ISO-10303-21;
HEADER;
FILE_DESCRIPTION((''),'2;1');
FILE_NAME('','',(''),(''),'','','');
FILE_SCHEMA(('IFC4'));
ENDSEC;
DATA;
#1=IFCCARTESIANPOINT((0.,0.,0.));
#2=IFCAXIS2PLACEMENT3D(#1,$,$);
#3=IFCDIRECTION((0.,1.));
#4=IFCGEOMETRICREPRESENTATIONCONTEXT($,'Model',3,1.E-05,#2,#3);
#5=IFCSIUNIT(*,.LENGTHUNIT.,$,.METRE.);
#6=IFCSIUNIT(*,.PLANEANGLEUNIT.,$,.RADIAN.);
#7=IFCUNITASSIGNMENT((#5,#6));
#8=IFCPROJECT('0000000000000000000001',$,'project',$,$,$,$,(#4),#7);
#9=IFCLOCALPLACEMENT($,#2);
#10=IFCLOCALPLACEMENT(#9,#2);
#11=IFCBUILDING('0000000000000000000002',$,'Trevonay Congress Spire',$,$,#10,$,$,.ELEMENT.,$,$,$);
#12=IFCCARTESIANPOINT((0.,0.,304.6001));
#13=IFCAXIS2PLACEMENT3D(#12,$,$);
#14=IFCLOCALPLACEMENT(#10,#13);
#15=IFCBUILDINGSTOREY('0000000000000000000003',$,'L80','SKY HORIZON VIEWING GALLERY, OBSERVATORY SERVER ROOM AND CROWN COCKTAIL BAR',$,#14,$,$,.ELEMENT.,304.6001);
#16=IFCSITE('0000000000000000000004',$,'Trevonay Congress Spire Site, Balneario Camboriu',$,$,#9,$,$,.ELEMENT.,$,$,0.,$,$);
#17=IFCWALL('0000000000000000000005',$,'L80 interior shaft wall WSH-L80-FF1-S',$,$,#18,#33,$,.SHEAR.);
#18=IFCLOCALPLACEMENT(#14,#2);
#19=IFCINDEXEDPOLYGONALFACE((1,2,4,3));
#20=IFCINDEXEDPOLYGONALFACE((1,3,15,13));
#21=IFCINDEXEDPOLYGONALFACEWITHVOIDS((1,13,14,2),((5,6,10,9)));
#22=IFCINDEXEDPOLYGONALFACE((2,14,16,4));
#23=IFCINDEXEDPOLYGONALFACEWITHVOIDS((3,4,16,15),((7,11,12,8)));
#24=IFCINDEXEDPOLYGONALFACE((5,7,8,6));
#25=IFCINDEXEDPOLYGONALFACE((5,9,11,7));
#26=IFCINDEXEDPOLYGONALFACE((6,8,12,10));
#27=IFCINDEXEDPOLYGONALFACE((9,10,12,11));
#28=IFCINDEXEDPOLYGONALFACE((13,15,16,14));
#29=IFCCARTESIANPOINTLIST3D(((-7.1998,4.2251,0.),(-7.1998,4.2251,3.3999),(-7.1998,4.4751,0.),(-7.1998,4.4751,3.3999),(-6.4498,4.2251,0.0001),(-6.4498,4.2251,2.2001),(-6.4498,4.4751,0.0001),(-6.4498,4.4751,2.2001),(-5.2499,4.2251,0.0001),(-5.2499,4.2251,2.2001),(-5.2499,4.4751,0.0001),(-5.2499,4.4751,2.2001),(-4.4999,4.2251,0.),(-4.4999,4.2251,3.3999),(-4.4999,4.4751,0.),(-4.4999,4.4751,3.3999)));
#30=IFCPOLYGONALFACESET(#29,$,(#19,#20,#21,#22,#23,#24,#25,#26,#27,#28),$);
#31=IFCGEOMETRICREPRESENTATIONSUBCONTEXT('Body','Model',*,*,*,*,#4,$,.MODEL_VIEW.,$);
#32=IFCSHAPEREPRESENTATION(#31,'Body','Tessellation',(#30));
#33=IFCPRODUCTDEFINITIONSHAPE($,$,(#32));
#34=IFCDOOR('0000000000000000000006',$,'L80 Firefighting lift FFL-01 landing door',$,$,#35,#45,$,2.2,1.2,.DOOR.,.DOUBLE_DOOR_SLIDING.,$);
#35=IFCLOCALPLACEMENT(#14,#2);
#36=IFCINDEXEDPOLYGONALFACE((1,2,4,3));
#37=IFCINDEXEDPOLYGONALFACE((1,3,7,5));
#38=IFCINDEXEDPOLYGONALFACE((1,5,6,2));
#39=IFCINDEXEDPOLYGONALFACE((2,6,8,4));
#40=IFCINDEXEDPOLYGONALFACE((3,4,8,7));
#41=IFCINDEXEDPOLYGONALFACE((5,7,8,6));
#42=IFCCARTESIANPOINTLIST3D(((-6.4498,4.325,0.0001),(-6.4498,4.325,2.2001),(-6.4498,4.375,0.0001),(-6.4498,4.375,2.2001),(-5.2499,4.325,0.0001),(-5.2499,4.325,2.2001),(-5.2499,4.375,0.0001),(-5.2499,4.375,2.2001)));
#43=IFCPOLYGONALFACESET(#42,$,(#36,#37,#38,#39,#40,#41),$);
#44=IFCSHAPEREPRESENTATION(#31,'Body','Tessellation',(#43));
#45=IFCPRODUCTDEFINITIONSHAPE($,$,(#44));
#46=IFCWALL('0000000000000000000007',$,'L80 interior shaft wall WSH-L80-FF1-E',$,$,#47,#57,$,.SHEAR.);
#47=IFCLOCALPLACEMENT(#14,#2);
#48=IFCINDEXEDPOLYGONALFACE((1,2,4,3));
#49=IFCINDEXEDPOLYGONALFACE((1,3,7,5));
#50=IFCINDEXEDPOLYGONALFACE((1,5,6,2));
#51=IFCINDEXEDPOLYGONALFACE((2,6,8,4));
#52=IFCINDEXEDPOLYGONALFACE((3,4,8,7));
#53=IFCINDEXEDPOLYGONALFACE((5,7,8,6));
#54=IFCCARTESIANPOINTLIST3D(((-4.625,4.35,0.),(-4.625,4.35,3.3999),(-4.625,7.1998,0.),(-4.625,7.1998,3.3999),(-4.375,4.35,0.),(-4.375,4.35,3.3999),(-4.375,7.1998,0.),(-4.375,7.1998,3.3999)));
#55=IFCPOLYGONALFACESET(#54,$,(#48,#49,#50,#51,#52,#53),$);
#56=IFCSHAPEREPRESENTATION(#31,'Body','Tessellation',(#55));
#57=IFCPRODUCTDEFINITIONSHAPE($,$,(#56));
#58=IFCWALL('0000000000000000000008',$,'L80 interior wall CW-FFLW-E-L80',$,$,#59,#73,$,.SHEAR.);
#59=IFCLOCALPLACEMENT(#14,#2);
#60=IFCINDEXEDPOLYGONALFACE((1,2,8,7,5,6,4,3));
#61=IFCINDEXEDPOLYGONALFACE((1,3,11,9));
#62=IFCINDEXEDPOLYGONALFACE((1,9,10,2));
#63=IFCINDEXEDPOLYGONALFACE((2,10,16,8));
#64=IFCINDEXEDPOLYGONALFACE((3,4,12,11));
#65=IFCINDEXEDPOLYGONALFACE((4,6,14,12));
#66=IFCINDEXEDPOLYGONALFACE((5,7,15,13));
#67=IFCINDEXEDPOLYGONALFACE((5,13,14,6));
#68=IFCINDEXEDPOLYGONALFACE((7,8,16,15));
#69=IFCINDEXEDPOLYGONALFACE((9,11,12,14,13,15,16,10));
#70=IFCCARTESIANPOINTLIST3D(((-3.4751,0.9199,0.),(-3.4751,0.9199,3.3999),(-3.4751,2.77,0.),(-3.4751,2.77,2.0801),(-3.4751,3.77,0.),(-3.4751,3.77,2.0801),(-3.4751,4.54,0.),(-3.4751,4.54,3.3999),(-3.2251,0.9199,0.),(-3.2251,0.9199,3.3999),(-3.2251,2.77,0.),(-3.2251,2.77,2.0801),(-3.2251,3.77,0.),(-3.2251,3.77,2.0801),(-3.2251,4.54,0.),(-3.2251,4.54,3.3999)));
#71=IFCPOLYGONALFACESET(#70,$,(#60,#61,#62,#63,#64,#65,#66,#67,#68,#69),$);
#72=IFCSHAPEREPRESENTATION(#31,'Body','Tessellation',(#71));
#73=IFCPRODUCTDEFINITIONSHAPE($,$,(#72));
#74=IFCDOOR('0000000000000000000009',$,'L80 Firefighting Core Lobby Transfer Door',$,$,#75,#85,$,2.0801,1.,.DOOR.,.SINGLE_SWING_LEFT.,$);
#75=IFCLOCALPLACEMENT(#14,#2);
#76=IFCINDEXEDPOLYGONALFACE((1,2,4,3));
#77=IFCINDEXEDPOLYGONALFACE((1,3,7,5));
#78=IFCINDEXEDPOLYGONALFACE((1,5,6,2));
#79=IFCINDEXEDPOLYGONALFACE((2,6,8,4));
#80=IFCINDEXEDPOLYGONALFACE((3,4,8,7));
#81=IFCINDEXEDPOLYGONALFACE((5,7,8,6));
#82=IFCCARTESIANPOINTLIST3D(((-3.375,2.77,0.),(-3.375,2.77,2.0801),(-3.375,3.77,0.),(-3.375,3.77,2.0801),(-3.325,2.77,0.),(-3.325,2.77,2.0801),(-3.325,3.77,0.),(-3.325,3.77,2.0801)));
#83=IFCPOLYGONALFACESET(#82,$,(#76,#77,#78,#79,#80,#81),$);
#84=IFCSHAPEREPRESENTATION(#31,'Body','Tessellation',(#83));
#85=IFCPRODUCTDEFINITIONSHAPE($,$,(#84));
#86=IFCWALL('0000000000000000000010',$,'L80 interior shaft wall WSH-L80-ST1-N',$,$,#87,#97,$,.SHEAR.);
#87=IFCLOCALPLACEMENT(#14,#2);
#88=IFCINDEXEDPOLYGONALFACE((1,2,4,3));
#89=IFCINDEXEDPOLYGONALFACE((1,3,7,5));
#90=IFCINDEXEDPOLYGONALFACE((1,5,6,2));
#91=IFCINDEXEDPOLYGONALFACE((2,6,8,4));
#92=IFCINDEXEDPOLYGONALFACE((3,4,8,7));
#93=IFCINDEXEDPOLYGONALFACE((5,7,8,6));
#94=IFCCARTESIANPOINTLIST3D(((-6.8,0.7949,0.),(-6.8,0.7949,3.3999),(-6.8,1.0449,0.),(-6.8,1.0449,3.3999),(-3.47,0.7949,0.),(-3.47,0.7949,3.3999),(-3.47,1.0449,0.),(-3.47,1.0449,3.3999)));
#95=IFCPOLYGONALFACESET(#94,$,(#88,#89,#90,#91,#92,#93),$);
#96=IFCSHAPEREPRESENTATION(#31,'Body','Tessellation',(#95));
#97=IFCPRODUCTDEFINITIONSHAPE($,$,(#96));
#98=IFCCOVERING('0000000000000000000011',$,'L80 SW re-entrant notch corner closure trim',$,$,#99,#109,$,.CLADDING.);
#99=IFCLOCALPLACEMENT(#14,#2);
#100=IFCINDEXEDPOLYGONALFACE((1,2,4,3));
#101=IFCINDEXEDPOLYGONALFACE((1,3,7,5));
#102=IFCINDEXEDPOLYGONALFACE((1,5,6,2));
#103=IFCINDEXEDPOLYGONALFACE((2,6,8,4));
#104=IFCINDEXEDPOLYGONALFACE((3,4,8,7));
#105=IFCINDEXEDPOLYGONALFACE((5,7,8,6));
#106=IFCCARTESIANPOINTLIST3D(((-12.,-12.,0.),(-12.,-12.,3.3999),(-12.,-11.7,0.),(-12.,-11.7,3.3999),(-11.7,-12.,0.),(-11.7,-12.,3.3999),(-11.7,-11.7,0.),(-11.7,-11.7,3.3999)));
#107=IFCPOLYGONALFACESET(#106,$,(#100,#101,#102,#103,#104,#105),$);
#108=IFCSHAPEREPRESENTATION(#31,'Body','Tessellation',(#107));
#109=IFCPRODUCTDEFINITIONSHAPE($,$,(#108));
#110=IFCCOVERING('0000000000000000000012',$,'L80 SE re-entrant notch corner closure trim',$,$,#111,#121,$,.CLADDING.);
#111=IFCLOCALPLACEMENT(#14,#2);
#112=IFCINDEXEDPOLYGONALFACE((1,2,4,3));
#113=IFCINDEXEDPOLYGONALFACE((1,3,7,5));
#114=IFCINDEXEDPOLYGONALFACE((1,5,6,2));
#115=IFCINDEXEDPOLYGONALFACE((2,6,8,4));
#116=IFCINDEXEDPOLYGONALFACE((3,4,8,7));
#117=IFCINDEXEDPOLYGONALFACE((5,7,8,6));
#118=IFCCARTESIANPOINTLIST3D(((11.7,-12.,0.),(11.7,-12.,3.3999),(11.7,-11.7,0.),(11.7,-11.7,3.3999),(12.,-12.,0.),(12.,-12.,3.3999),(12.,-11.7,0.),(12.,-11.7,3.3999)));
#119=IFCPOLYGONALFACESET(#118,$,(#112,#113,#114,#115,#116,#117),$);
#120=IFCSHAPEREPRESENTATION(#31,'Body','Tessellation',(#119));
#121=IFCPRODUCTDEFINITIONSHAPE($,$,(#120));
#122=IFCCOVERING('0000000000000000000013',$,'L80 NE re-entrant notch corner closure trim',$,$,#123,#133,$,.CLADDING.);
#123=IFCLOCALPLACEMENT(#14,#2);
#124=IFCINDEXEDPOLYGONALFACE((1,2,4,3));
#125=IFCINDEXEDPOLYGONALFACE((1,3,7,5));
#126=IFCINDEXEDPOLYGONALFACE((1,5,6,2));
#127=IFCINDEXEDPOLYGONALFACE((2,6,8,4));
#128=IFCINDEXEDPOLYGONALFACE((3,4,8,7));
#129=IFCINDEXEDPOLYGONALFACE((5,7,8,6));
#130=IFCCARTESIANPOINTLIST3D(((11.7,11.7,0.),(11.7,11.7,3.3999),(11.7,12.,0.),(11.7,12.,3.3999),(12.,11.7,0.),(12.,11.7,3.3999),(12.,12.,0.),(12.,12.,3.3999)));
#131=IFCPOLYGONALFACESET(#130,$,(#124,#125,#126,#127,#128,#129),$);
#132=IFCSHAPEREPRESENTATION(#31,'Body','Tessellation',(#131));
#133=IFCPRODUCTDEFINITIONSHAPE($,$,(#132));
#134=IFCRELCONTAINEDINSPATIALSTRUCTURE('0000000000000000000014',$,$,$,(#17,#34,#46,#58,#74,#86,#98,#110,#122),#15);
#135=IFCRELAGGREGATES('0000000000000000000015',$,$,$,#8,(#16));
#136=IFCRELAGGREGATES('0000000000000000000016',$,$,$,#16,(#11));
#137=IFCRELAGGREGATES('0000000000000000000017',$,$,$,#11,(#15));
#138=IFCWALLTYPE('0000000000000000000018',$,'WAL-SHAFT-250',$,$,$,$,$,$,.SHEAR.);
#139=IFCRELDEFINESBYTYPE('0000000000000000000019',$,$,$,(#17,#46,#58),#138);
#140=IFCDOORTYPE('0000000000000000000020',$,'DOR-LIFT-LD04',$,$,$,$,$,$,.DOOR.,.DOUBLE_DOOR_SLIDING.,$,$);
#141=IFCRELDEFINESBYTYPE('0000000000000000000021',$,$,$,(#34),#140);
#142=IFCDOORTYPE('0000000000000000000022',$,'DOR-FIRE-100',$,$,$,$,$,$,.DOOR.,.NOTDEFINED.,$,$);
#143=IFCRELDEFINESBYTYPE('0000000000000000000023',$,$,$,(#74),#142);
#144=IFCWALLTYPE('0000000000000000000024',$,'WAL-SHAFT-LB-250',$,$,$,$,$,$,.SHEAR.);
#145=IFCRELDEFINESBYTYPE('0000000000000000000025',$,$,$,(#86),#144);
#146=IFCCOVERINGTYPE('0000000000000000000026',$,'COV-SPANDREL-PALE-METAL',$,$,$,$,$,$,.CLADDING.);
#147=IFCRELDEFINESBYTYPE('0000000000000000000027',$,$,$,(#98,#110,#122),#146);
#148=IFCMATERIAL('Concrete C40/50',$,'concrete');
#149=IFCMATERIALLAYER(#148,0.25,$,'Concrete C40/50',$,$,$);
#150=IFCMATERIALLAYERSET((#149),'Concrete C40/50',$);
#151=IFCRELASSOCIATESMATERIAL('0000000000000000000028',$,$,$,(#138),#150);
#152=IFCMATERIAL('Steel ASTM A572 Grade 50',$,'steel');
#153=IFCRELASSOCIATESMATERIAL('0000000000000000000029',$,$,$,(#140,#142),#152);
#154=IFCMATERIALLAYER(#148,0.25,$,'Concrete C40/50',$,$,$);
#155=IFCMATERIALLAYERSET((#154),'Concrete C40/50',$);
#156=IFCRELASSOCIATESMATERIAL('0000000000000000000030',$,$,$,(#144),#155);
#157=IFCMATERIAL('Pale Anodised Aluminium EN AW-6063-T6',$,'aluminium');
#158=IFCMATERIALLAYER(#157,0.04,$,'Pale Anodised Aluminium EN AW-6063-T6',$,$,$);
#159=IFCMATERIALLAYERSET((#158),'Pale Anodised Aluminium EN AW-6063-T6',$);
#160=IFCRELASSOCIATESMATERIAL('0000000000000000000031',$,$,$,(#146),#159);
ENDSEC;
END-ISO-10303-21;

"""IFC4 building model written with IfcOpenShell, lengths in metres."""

from ifc_helpers import new_model, si_unit, direction, frame, frame_2d, origin, place, context, subcontext, project, spatial, polyline, rectangle, outline, extrude, material, layer, layer_set, type_object, element, fill, save


model = new_model("IFC4")

# Units and contexts
model_context = context("Model", 3, precision=1e-05, world=origin(), true_north=direction((0.0, 1.0)))
body_context = subcontext(model_context, "Body", "Model", "MODEL_VIEW")
ifc_project = project(units=[si_unit("LENGTHUNIT", "METRE"), si_unit("PLANEANGLEUNIT", "RADIAN")], contexts=[model_context])

# Site, building, storey
site_placement = place(None, origin())
site = spatial("IfcSite", under=ifc_project, at=site_placement, Name="Trevonay Congress Spire Site, Balneario Camboriu", CompositionType="ELEMENT", RefElevation=0.0)
building_placement = place(site_placement, origin())
building = spatial("IfcBuilding", under=site, at=building_placement, Name="Trevonay Congress Spire", CompositionType="ELEMENT")
storey_placement = place(building_placement, frame((0.0, 0.0, 304.6001)))
storey = spatial("IfcBuildingStorey", under=building, at=storey_placement, Name="L80", Description="SKY HORIZON VIEWING GALLERY, OBSERVATORY SERVER ROOM AND CROWN COCKTAIL BAR", CompositionType="ELEMENT", Elevation=304.6001)

# Shared definitions
ifc_material_1 = material(Name="Steel ASTM A572 Grade 50", Category="steel")

# Shared definitions
ifc_material_2 = material(Name="Concrete C40/50", Category="concrete")

# Wall, opening, door
ifc_layer_1 = layer(ifc_material_2, 0.25, Name="Concrete C40/50")
ifc_layer_set_1 = layer_set([ifc_layer_1], Name="Concrete C40/50")
wall_type_1 = type_object("IfcWallType", Name="WAL-SHAFT-250", PredefinedType="SHEAR", material=ifc_layer_set_1)
wall_1_placement = place(storey_placement, frame((-7.2, 4.3501, 0.0), z_axis=(0.0, 0.0, 1.0), x_axis=(1.0, 0.0, 0.0)))
wall_1 = element("IfcWall", 1, at=wall_1_placement, inside=storey, type_object=wall_type_1, Name="L80 interior shaft wall WSH-L80-FF1-S", PredefinedType="SHEAR", context=body_context, shape_type="SweptSolid", body=[
    extrude(rectangle(XDim=2.7, YDim=0.25, at=frame_2d((1.3501, 0.0))), origin(), (0.0, 0.0, 1.0), 3.3999),
])
opening_1_placement = place(wall_1_placement, frame((0.75, 0.0, 0.0)))
opening_1 = element("IfcOpeningElement", 2, at=opening_1_placement, cuts=wall_1, PredefinedType="OPENING", context=body_context, shape_type="SweptSolid", body=[
    extrude(rectangle(XDim=1.2, YDim=2.2, at=frame_2d((0.6001, 1.1001))), frame((0.0, 0.135, 0.0), z_axis=(0.0, -1.0, 0.0), x_axis=(1.0, 0.0, 0.0)), (0.0, 0.0, 1.0), 0.27),
])
door_type_1 = type_object("IfcDoorType", Name="DOR-LIFT-LD04", OperationType="DOUBLE_DOOR_SLIDING", PredefinedType="DOOR", material=ifc_material_1)
door_1_placement = place(opening_1_placement, origin())
door_1 = element("IfcDoor", 3, at=door_1_placement, inside=storey, type_object=door_type_1, Name="L80 Firefighting lift FFL-01 landing door", OperationType="DOUBLE_DOOR_SLIDING", OverallHeight=2.2, OverallWidth=1.2, PredefinedType="DOOR", context=body_context, shape_type="SweptSolid", body=[
    extrude(rectangle(XDim=1.2, YDim=2.2, at=frame_2d((0.6001, 1.1001))), frame((0.0, 0.0249, 0.0), z_axis=(0.0, -1.0, 0.0), x_axis=(1.0, 0.0, 0.0)), (0.0, 0.0, 1.0), 0.05),
])
fill(opening_1, door_1)

# Wall
wall_2_placement = place(storey_placement, frame((-4.5, 4.3501, 0.0), z_axis=(0.0, 0.0, 1.0), x_axis=(0.0, 1.0, 0.0)))
element("IfcWall", 4, at=wall_2_placement, inside=storey, type_object=wall_type_1, Name="L80 interior shaft wall WSH-L80-FF1-E", PredefinedType="SHEAR", context=body_context, shape_type="SweptSolid", body=[
    extrude(rectangle(XDim=2.8499, YDim=0.25, at=frame_2d((1.4248, 0.0))), origin(), (0.0, 0.0, 1.0), 3.3999),
])

# Wall, opening, door
wall_3_placement = place(storey_placement, frame((-3.3501, 0.9199, 0.0), z_axis=(0.0, 0.0, 1.0), x_axis=(0.0, 1.0, 0.0)))
wall_3 = element("IfcWall", 5, at=wall_3_placement, inside=storey, type_object=wall_type_1, Name="L80 interior wall CW-FFLW-E-L80", PredefinedType="SHEAR", context=body_context, shape_type="SweptSolid", body=[
    extrude(rectangle(XDim=3.6201, YDim=0.25, at=frame_2d((1.8101, 0.0))), origin(), (0.0, 0.0, 1.0), 3.3999),
])
opening_2_placement = place(wall_3_placement, frame((1.8501, 0.0, 0.0)))
opening_2 = element("IfcOpeningElement", 6, at=opening_2_placement, cuts=wall_3, PredefinedType="OPENING", context=body_context, shape_type="SweptSolid", body=[
    extrude(rectangle(XDim=1.0, YDim=2.0801, at=frame_2d((0.5, 1.04))), frame((0.0, 0.135, 0.0), z_axis=(0.0, -1.0, 0.0), x_axis=(1.0, 0.0, 0.0)), (0.0, 0.0, 1.0), 0.27),
])
door_type_2 = type_object("IfcDoorType", Name="DOR-FIRE-100", OperationType="NOTDEFINED", PredefinedType="DOOR", material=ifc_material_1)
door_2_placement = place(opening_2_placement, origin())
door_2 = element("IfcDoor", 7, at=door_2_placement, inside=storey, type_object=door_type_2, Name="L80 Firefighting Core Lobby Transfer Door", OperationType="SINGLE_SWING_LEFT", OverallHeight=2.0801, OverallWidth=1.0, PredefinedType="DOOR", context=body_context, shape_type="SweptSolid", body=[
    extrude(rectangle(XDim=1.0, YDim=2.0801, at=frame_2d((0.5, 1.04))), frame((0.0, 0.0249, 0.0), z_axis=(0.0, -1.0, 0.0), x_axis=(1.0, 0.0, 0.0)), (0.0, 0.0, 1.0), 0.05),
])
fill(opening_2, door_2)

# Wall
ifc_layer_2 = layer(ifc_material_2, 0.25, Name="Concrete C40/50")
ifc_layer_set_2 = layer_set([ifc_layer_2], Name="Concrete C40/50")
wall_type_2 = type_object("IfcWallType", Name="WAL-SHAFT-LB-250", PredefinedType="SHEAR", material=ifc_layer_set_2)
wall_4_placement = place(storey_placement, frame((-6.8, 0.9199, 0.0), z_axis=(0.0, 0.0, 1.0), x_axis=(1.0, 0.0, 0.0)))
element("IfcWall", 8, at=wall_4_placement, inside=storey, type_object=wall_type_2, Name="L80 interior shaft wall WSH-L80-ST1-N", PredefinedType="SHEAR", context=body_context, shape_type="SweptSolid", body=[
    extrude(rectangle(XDim=3.3301, YDim=0.25, at=frame_2d((1.665, 0.0))), origin(), (0.0, 0.0, 1.0), 3.3999),
])

# Coverings
ifc_material_3 = material(Name="Pale Anodised Aluminium EN AW-6063-T6", Category="aluminium")
ifc_layer_3 = layer(ifc_material_3, 0.04, Name="Pale Anodised Aluminium EN AW-6063-T6")
ifc_layer_set_3 = layer_set([ifc_layer_3], Name="Pale Anodised Aluminium EN AW-6063-T6")
covering_type = type_object("IfcCoveringType", Name="COV-SPANDREL-PALE-METAL", PredefinedType="CLADDING", material=ifc_layer_set_3)
covering_1_placement = place(storey_placement, origin())
element("IfcCovering", 9, at=covering_1_placement, inside=storey, type_object=covering_type, Name="L80 SW re-entrant notch corner closure trim", PredefinedType="CLADDING", context=body_context, shape_type="SweptSolid", body=[
    extrude(outline(polyline([(-12.0, -12.0), (-11.7, -12.0), (-11.7, -11.7), (-12.0, -11.7), (-12.0, -12.0)])), origin(), (0.0, 0.0, 1.0), 3.3999),
])
covering_2_placement = place(storey_placement, origin())
element("IfcCovering", 10, at=covering_2_placement, inside=storey, type_object=covering_type, Name="L80 SE re-entrant notch corner closure trim", PredefinedType="CLADDING", context=body_context, shape_type="SweptSolid", body=[
    extrude(outline(polyline([(11.7, -12.0), (12.0, -12.0), (12.0, -11.7), (11.7, -11.7), (11.7, -12.0)])), origin(), (0.0, 0.0, 1.0), 3.3999),
])
covering_3_placement = place(storey_placement, origin())
element("IfcCovering", 11, at=covering_3_placement, inside=storey, type_object=covering_type, Name="L80 NE re-entrant notch corner closure trim", PredefinedType="CLADDING", context=body_context, shape_type="SweptSolid", body=[
    extrude(outline(polyline([(11.7, 11.7), (12.0, 11.7), (12.0, 12.0), (11.7, 12.0), (11.7, 11.7)])), origin(), (0.0, 0.0, 1.0), 3.3999),
])

save(model, "model.ifc")
